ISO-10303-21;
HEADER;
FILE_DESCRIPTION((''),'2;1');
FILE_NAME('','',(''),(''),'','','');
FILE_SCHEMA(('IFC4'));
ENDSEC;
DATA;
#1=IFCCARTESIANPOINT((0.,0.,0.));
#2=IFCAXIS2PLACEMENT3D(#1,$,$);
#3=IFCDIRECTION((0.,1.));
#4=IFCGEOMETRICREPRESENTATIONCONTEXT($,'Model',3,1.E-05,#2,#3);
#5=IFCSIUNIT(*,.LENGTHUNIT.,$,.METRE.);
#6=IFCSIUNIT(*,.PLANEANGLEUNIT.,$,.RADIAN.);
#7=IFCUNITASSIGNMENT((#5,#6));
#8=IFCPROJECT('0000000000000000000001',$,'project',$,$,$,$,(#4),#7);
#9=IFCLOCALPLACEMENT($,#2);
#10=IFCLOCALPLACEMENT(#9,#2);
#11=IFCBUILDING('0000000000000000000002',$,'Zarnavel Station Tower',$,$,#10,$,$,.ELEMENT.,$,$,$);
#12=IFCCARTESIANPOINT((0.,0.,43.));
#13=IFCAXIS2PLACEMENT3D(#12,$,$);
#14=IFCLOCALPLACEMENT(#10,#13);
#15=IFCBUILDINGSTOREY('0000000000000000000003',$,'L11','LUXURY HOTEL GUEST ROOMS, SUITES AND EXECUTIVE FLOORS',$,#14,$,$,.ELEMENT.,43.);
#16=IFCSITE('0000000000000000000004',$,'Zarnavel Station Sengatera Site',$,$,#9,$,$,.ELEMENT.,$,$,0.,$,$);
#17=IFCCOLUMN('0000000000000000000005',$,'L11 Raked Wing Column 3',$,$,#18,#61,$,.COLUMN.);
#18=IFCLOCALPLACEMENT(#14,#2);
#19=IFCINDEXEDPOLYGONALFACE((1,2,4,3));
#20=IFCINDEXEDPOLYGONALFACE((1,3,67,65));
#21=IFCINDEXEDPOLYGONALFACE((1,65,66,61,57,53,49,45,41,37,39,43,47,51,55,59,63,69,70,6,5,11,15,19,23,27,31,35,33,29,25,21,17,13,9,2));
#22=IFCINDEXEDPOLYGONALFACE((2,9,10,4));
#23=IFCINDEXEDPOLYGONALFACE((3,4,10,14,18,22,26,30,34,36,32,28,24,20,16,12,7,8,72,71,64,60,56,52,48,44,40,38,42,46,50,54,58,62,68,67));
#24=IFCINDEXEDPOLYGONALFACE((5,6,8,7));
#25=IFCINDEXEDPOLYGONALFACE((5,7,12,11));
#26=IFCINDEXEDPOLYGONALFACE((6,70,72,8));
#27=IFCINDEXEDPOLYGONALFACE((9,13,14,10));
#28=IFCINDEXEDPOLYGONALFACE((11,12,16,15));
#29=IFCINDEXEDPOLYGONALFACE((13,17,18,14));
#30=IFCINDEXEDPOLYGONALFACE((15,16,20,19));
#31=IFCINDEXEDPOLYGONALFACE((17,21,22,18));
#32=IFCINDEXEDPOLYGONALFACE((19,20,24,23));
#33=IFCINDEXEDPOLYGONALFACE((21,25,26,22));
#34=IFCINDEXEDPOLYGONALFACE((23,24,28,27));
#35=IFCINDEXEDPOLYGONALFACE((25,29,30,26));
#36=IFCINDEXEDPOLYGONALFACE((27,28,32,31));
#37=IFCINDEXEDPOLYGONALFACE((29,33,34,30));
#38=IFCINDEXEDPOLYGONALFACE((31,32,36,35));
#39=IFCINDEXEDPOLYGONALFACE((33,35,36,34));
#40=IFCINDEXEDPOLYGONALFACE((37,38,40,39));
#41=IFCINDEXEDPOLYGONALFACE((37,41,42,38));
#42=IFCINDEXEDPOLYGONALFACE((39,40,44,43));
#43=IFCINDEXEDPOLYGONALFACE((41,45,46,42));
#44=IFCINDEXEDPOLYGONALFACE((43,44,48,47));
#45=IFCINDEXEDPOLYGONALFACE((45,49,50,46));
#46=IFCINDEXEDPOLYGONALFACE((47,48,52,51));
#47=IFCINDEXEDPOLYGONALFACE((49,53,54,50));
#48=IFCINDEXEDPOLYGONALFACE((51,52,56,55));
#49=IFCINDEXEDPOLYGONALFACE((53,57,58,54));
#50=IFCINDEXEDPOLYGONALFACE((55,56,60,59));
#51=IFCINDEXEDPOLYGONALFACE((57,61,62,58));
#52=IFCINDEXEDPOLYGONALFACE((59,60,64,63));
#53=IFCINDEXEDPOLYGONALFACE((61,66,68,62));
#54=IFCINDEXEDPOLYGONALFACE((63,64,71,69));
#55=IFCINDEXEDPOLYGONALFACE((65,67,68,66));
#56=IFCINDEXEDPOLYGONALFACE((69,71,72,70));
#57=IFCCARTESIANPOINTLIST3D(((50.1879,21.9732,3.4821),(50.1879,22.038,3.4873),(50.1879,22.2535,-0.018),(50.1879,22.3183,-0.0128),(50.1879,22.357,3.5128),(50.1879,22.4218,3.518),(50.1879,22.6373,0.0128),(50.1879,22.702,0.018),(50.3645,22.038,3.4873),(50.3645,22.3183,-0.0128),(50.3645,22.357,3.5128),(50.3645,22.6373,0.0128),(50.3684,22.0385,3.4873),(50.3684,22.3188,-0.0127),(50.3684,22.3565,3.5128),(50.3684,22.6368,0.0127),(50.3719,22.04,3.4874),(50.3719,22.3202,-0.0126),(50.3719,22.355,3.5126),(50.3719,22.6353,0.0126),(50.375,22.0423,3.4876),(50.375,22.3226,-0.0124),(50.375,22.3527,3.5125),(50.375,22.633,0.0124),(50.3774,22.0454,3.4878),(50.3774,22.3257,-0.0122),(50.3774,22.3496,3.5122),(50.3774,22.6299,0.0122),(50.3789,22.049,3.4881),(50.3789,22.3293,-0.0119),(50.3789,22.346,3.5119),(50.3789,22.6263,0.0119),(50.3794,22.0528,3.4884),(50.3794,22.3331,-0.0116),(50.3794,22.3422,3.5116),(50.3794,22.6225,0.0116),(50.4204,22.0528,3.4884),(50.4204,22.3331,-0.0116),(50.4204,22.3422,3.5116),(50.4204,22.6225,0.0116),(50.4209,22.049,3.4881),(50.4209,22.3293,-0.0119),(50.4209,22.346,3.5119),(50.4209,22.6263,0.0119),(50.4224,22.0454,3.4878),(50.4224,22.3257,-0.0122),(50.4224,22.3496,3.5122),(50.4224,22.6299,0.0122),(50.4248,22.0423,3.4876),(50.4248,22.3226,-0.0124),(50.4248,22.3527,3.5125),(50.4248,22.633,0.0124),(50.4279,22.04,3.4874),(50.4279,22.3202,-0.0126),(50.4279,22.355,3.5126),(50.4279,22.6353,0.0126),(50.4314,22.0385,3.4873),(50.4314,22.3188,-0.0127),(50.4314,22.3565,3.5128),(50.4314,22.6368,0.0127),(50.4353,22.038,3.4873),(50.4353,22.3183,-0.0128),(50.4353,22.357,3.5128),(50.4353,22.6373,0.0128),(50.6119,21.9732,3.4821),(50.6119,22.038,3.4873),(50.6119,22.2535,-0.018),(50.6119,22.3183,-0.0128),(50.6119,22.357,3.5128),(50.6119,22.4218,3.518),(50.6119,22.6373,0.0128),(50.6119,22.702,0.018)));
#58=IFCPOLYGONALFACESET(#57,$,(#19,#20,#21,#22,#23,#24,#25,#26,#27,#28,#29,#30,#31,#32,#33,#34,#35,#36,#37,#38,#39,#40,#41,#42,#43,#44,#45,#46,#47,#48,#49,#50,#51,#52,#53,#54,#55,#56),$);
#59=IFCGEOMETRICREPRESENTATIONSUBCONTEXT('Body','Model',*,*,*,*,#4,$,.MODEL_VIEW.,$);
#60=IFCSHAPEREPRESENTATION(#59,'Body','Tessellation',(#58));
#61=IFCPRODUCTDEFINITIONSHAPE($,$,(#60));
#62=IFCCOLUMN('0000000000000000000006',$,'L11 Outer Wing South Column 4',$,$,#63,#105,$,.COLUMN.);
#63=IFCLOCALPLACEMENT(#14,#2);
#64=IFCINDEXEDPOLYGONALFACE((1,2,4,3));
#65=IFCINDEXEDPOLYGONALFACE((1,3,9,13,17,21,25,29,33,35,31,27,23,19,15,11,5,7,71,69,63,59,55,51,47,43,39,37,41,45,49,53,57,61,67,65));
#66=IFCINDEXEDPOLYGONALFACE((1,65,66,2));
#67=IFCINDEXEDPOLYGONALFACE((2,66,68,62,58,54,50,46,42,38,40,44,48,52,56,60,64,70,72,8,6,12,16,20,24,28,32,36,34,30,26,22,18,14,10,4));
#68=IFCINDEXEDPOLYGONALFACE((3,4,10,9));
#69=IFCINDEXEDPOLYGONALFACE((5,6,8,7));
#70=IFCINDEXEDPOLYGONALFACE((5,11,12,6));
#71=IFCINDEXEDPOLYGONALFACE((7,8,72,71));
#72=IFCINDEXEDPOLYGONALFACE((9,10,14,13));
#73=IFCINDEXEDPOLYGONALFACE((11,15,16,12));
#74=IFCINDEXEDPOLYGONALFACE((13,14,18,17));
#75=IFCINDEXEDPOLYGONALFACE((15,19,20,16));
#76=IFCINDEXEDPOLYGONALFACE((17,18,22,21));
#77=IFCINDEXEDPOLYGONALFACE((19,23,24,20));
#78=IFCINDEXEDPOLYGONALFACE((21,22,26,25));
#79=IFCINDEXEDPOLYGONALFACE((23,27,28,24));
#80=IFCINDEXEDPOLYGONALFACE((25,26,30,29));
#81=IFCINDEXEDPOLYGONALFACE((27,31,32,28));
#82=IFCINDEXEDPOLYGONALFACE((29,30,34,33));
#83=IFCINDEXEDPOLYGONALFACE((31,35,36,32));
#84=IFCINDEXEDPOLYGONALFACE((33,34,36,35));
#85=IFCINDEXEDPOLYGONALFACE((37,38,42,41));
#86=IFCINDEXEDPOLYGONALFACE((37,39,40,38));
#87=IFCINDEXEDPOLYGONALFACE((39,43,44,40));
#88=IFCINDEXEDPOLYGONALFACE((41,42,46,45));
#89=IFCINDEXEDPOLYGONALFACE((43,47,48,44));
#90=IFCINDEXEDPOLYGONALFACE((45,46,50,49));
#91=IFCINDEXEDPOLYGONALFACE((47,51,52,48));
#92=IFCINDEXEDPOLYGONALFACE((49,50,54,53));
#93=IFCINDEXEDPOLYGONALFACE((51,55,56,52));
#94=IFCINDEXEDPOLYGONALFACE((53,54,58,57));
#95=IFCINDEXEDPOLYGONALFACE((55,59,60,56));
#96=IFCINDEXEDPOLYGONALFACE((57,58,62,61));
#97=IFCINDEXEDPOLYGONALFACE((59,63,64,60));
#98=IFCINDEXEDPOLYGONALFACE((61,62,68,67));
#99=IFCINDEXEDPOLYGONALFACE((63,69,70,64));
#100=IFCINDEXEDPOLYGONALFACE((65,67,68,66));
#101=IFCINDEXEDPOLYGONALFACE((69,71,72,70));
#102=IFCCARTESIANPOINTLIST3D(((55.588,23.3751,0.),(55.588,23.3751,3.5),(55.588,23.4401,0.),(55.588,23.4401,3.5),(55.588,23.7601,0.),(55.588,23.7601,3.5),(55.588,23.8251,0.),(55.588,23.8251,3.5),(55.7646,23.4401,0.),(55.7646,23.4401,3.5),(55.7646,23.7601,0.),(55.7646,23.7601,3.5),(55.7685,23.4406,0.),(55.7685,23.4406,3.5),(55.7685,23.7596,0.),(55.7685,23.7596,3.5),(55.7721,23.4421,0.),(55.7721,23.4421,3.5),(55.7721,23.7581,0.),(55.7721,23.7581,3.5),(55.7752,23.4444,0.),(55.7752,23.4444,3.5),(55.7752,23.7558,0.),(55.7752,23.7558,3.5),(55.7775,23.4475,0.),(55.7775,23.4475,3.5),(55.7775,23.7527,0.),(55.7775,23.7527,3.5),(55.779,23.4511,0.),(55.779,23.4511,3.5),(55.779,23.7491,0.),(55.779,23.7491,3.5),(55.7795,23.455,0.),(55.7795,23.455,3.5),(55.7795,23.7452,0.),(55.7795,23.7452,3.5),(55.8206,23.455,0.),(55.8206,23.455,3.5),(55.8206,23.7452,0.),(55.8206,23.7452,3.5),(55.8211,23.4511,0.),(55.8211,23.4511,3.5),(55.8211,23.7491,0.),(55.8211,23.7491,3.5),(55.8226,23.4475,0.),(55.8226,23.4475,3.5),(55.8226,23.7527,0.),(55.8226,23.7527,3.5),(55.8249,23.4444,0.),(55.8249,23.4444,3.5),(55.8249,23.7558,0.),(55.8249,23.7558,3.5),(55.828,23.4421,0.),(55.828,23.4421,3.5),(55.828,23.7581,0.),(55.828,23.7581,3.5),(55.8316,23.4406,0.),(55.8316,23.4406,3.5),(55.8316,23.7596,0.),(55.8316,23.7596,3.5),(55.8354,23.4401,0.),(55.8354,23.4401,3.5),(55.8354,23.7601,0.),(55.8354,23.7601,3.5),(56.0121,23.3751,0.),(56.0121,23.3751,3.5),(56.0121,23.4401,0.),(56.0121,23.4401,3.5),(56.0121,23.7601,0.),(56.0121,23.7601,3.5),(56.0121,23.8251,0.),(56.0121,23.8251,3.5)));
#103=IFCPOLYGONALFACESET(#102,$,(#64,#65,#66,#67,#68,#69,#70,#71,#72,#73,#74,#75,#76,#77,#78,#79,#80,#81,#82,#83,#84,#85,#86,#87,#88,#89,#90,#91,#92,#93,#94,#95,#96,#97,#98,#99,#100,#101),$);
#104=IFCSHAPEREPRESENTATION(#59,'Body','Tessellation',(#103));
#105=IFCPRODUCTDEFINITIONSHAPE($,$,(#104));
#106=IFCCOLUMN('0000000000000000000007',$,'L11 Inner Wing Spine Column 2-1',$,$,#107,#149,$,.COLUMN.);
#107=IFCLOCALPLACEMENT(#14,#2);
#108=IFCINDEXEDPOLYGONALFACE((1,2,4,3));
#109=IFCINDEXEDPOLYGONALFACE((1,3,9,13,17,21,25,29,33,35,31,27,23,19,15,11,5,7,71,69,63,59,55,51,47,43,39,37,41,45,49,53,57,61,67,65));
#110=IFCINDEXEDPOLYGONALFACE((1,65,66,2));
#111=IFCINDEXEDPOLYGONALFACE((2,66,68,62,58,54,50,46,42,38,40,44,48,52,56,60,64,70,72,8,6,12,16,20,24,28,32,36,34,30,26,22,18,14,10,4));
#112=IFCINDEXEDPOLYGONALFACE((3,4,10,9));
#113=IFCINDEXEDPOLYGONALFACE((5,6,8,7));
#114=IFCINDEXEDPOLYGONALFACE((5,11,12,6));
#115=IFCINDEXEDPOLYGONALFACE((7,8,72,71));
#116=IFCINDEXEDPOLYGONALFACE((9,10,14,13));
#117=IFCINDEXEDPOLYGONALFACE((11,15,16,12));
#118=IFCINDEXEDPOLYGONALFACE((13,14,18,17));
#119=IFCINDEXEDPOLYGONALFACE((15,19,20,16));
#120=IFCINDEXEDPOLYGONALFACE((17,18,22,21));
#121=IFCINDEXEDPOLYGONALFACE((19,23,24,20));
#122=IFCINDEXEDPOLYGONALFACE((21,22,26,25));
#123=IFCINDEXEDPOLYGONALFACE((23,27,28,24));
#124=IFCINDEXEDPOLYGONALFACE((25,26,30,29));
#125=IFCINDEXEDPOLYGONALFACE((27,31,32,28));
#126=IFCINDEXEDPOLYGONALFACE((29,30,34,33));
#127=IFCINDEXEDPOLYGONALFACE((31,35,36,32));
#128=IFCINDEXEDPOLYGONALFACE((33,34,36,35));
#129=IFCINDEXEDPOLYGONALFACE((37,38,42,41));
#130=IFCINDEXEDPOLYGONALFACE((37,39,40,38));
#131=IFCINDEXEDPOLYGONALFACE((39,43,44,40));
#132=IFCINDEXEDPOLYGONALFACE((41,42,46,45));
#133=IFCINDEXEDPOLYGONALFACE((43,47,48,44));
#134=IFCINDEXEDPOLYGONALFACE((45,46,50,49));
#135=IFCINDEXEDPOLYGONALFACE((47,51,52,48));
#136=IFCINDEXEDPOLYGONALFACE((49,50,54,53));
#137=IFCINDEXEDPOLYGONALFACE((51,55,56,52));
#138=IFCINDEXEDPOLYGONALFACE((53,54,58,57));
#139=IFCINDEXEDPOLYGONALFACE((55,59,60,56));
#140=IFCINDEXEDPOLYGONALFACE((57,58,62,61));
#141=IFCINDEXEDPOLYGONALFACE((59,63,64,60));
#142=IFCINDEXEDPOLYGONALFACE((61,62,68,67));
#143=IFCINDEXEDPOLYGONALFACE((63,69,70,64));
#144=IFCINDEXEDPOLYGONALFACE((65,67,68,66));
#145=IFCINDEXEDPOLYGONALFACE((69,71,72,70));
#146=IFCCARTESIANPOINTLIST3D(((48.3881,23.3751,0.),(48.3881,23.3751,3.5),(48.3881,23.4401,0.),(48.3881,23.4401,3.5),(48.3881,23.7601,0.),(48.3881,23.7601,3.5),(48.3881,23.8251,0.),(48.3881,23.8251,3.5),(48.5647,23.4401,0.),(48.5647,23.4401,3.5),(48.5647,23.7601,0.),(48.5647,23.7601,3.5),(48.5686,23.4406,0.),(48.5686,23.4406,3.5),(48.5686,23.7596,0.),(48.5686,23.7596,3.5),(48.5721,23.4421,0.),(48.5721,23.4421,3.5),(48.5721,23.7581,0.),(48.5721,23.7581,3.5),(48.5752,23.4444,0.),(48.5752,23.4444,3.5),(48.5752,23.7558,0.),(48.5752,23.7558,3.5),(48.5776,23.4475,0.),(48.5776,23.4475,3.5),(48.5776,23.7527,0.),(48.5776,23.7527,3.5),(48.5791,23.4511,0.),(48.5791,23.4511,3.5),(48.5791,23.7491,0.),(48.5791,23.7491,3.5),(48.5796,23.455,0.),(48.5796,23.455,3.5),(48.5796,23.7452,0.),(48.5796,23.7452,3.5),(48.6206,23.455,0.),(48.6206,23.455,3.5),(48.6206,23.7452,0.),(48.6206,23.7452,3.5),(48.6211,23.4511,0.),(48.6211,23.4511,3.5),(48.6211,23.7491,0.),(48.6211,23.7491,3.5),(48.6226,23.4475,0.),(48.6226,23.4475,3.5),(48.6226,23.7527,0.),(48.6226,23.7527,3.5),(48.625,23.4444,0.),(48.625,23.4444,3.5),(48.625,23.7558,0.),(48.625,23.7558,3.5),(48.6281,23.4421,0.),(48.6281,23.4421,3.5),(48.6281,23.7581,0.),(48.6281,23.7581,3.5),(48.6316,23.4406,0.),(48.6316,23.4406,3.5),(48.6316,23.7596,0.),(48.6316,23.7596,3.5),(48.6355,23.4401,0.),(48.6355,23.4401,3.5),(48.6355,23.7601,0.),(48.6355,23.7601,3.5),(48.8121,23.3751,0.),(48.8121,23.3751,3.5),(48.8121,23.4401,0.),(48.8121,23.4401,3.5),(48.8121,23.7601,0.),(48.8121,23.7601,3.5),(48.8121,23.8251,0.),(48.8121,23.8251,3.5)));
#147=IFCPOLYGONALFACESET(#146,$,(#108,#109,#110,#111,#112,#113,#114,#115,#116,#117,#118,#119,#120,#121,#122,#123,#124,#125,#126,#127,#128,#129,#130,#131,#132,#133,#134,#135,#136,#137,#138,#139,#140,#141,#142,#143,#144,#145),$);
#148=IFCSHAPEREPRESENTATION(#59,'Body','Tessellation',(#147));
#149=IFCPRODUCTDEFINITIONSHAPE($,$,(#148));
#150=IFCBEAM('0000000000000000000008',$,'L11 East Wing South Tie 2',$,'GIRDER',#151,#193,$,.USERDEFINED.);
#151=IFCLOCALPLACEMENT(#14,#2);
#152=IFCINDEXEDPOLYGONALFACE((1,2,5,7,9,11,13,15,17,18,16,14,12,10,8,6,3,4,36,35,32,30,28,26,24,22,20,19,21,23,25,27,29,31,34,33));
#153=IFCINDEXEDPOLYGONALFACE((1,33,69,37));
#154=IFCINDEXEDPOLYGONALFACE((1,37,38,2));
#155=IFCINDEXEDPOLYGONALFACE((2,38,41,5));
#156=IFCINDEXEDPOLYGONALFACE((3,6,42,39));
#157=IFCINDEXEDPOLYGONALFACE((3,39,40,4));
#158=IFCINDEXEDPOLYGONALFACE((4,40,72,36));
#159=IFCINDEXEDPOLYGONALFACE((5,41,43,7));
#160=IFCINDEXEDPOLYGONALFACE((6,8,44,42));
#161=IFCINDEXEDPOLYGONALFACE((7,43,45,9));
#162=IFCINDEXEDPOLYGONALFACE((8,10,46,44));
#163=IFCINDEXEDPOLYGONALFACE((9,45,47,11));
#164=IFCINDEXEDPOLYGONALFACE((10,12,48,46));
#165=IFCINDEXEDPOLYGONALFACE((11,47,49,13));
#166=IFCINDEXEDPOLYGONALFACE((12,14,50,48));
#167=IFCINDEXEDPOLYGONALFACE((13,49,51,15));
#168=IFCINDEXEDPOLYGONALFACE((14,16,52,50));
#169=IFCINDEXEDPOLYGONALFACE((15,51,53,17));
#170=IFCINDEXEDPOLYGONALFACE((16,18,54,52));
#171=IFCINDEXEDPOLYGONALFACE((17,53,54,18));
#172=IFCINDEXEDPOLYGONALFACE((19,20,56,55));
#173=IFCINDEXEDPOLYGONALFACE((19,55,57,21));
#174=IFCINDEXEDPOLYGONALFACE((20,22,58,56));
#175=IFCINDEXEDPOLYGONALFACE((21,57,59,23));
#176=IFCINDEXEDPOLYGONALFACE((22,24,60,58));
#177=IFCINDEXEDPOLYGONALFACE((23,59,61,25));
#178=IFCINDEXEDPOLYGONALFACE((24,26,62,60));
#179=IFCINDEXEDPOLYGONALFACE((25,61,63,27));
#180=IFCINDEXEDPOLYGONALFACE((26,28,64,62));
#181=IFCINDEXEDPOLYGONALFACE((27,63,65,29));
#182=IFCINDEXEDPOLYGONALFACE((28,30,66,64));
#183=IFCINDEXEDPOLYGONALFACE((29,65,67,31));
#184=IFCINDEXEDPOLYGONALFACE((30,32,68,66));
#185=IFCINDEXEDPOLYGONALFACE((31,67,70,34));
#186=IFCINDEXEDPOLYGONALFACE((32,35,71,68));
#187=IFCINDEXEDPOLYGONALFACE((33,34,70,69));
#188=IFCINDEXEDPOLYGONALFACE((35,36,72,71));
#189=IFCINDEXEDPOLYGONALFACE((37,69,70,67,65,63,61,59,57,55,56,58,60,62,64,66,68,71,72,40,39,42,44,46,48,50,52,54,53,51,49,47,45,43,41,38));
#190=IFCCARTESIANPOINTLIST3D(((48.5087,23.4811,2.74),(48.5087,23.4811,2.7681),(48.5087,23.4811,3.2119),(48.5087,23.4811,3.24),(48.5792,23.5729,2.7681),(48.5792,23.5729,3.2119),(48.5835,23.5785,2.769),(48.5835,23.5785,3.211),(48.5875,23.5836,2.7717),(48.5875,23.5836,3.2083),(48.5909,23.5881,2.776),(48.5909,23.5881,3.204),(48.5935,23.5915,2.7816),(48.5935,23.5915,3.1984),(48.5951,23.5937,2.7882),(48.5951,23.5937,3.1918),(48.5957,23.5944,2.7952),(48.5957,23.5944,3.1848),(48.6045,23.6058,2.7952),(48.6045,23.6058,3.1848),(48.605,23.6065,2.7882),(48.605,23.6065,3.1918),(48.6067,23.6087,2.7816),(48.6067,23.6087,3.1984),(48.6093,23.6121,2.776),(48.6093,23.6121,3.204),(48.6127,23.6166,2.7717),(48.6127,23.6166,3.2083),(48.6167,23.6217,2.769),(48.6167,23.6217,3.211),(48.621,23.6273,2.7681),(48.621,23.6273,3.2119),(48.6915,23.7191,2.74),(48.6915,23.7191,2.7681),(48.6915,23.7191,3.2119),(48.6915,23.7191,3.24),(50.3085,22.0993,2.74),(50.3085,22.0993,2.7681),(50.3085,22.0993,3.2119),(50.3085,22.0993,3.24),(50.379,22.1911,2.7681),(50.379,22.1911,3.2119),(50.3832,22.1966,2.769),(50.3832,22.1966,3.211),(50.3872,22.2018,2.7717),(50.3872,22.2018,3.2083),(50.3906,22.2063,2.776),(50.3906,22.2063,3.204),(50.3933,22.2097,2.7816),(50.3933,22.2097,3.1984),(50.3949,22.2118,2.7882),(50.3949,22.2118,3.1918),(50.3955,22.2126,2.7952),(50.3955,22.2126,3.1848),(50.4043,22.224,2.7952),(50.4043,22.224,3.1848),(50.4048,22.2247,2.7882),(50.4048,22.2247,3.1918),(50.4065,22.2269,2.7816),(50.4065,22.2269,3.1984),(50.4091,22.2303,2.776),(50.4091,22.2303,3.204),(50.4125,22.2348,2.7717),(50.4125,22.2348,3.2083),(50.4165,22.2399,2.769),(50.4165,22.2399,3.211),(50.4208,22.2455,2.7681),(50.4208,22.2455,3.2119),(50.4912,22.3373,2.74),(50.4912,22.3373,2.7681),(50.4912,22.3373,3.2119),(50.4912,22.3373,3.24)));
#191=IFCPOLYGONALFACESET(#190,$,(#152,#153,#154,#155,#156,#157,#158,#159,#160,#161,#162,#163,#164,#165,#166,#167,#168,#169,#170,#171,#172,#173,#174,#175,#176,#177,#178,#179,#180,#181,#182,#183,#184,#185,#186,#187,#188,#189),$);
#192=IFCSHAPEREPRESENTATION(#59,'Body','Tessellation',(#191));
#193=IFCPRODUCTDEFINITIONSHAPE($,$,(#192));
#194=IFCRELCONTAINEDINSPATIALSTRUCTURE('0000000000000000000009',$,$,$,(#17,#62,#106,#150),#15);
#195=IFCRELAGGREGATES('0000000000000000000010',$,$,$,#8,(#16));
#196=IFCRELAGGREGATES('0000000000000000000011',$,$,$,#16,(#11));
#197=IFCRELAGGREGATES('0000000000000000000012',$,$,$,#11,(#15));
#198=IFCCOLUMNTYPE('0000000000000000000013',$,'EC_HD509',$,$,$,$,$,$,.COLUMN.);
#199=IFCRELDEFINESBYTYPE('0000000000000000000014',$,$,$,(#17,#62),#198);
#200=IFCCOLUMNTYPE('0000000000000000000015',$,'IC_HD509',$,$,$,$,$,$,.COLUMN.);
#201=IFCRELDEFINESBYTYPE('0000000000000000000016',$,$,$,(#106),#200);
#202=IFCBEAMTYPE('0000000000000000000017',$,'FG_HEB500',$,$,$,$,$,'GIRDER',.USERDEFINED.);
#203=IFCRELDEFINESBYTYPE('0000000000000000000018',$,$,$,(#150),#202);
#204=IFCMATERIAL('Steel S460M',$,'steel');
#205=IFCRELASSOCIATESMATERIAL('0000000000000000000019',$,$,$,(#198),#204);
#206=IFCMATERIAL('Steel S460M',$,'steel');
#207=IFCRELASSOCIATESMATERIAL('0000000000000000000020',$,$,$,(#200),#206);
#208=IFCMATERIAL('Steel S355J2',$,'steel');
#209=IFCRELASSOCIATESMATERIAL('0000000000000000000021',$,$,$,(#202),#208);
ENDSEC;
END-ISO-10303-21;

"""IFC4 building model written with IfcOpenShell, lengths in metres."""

from ifc_helpers import new_model, si_unit, direction, frame, origin, origin_2d, place, context, subcontext, project, spatial, i_section, extrude, material, material_profile, profile_set, type_object, element, save


model = new_model("IFC4")

# Units and contexts
model_context = context("Model", 3, precision=1e-05, world=origin(), true_north=direction((0.0, 1.0)))
body_context = subcontext(model_context, "Body", "Model", "MODEL_VIEW")
ifc_project = project(units=[si_unit("LENGTHUNIT", "METRE"), si_unit("PLANEANGLEUNIT", "RADIAN")], contexts=[model_context])

# Site, building, storey
site_placement = place(None, origin())
site = spatial("IfcSite", under=ifc_project, at=site_placement, Name="Zarnavel Station Sengatera Site", CompositionType="ELEMENT", RefElevation=0.0)
building_placement = place(site_placement, origin())
building = spatial("IfcBuilding", under=site, at=building_placement, Name="Zarnavel Station Tower", CompositionType="ELEMENT")
storey_placement = place(building_placement, frame((0.0, 0.0, 43.0)))
storey = spatial("IfcBuildingStorey", under=building, at=storey_placement, Name="L11", Description="LUXURY HOTEL GUEST ROOMS, SUITES AND EXECUTIVE FLOORS", CompositionType="ELEMENT", Elevation=43.0)

# Columns
ifc_material_1 = material(Name="Steel S460M", Category="steel")
ifc_material_profile_1 = material_profile(ifc_material_1, i_section(OverallWidth=0.4241, OverallDepth=0.45, WebThickness=0.041, FlangeThickness=0.0649, FilletRadius=0.0149, at=origin_2d()), Name="HD400x509")
ifc_profile_set_1 = profile_set([ifc_material_profile_1], Name="Steel S460M")
column_type_1 = type_object("IfcColumnType", Name="EC_HD509", PredefinedType="COLUMN", material=ifc_profile_set_1)
column_1_placement = place(storey_placement, frame((50.3999, 22.4778, 0.0), z_axis=(0.0, -0.079823, 0.996809), x_axis=(1.0, 0.0, 0.0)))
element("IfcColumn", 1, at=column_1_placement, inside=storey, type_object=column_type_1, Name="L11 Raked Wing Column 3", PredefinedType="COLUMN", context=body_context, shape_type="SweptSolid", body=[
    extrude(i_section(OverallWidth=0.4241, OverallDepth=0.45, WebThickness=0.041, FlangeThickness=0.0649, FilletRadius=0.0149, at=origin_2d()), origin(), (0.0, 0.0, 1.0), 3.5112),
])
column_2_placement = place(storey_placement, frame((55.8, 23.6001, 0.0), z_axis=(0.0, 0.0, 1.0), x_axis=(1.0, 0.0, 0.0)))
element("IfcColumn", 2, at=column_2_placement, inside=storey, type_object=column_type_1, Name="L11 Outer Wing South Column 4", PredefinedType="COLUMN", context=body_context, shape_type="SweptSolid", body=[
    extrude(i_section(OverallWidth=0.4241, OverallDepth=0.45, WebThickness=0.041, FlangeThickness=0.0649, FilletRadius=0.0149, at=origin_2d()), origin(), (0.0, 0.0, 1.0), 3.5),
])
ifc_material_2 = material(Name="Steel S460M", Category="steel")
ifc_material_profile_2 = material_profile(ifc_material_2, i_section(OverallWidth=0.4241, OverallDepth=0.45, WebThickness=0.041, FlangeThickness=0.0649, FilletRadius=0.0149, at=origin_2d()), Name="HD400x509")
ifc_profile_set_2 = profile_set([ifc_material_profile_2], Name="Steel S460M")
column_type_2 = type_object("IfcColumnType", Name="IC_HD509", PredefinedType="COLUMN", material=ifc_profile_set_2)
column_3_placement = place(storey_placement, frame((48.6001, 23.6001, 0.0), z_axis=(0.0, 0.0, 1.0), x_axis=(1.0, 0.0, 0.0)))
element("IfcColumn", 3, at=column_3_placement, inside=storey, type_object=column_type_2, Name="L11 Inner Wing Spine Column 2-1", PredefinedType="COLUMN", context=body_context, shape_type="SweptSolid", body=[
    extrude(i_section(OverallWidth=0.4241, OverallDepth=0.45, WebThickness=0.041, FlangeThickness=0.0649, FilletRadius=0.0149, at=origin_2d()), origin(), (0.0, 0.0, 1.0), 3.5),
])

# Beam
ifc_material_3 = material(Name="Steel S355J2", Category="steel")
ifc_material_profile_3 = material_profile(ifc_material_3, i_section(OverallWidth=0.3, OverallDepth=0.5, WebThickness=0.0144, FlangeThickness=0.0281, FilletRadius=0.0271, at=origin_2d()), Name="HEB500")
ifc_profile_set_3 = profile_set([ifc_material_profile_3], Name="Steel S355J2")
beam_type_1 = type_object("IfcBeamType", Name="FG_HEB500", ElementType="GIRDER", PredefinedType="USERDEFINED", material=ifc_profile_set_3)
beam_1_placement = place(storey_placement, frame((48.6001, 23.6001, 2.99), z_axis=(0.793184, -0.608983, 0.0), x_axis=(0.608983, 0.793184, 0.0)))
element("IfcBeam", 4, at=beam_1_placement, inside=storey, type_object=beam_type_1, Name="L11 East Wing South Tie 2", ObjectType="GIRDER", PredefinedType="USERDEFINED", context=body_context, shape_type="SweptSolid", body=[
    extrude(i_section(OverallWidth=0.3, OverallDepth=0.5, WebThickness=0.0144, FlangeThickness=0.0281, FilletRadius=0.0271, at=origin_2d()), origin(), (0.0, 0.0, 1.0), 2.269),
])

save(model, "model.ifc")
